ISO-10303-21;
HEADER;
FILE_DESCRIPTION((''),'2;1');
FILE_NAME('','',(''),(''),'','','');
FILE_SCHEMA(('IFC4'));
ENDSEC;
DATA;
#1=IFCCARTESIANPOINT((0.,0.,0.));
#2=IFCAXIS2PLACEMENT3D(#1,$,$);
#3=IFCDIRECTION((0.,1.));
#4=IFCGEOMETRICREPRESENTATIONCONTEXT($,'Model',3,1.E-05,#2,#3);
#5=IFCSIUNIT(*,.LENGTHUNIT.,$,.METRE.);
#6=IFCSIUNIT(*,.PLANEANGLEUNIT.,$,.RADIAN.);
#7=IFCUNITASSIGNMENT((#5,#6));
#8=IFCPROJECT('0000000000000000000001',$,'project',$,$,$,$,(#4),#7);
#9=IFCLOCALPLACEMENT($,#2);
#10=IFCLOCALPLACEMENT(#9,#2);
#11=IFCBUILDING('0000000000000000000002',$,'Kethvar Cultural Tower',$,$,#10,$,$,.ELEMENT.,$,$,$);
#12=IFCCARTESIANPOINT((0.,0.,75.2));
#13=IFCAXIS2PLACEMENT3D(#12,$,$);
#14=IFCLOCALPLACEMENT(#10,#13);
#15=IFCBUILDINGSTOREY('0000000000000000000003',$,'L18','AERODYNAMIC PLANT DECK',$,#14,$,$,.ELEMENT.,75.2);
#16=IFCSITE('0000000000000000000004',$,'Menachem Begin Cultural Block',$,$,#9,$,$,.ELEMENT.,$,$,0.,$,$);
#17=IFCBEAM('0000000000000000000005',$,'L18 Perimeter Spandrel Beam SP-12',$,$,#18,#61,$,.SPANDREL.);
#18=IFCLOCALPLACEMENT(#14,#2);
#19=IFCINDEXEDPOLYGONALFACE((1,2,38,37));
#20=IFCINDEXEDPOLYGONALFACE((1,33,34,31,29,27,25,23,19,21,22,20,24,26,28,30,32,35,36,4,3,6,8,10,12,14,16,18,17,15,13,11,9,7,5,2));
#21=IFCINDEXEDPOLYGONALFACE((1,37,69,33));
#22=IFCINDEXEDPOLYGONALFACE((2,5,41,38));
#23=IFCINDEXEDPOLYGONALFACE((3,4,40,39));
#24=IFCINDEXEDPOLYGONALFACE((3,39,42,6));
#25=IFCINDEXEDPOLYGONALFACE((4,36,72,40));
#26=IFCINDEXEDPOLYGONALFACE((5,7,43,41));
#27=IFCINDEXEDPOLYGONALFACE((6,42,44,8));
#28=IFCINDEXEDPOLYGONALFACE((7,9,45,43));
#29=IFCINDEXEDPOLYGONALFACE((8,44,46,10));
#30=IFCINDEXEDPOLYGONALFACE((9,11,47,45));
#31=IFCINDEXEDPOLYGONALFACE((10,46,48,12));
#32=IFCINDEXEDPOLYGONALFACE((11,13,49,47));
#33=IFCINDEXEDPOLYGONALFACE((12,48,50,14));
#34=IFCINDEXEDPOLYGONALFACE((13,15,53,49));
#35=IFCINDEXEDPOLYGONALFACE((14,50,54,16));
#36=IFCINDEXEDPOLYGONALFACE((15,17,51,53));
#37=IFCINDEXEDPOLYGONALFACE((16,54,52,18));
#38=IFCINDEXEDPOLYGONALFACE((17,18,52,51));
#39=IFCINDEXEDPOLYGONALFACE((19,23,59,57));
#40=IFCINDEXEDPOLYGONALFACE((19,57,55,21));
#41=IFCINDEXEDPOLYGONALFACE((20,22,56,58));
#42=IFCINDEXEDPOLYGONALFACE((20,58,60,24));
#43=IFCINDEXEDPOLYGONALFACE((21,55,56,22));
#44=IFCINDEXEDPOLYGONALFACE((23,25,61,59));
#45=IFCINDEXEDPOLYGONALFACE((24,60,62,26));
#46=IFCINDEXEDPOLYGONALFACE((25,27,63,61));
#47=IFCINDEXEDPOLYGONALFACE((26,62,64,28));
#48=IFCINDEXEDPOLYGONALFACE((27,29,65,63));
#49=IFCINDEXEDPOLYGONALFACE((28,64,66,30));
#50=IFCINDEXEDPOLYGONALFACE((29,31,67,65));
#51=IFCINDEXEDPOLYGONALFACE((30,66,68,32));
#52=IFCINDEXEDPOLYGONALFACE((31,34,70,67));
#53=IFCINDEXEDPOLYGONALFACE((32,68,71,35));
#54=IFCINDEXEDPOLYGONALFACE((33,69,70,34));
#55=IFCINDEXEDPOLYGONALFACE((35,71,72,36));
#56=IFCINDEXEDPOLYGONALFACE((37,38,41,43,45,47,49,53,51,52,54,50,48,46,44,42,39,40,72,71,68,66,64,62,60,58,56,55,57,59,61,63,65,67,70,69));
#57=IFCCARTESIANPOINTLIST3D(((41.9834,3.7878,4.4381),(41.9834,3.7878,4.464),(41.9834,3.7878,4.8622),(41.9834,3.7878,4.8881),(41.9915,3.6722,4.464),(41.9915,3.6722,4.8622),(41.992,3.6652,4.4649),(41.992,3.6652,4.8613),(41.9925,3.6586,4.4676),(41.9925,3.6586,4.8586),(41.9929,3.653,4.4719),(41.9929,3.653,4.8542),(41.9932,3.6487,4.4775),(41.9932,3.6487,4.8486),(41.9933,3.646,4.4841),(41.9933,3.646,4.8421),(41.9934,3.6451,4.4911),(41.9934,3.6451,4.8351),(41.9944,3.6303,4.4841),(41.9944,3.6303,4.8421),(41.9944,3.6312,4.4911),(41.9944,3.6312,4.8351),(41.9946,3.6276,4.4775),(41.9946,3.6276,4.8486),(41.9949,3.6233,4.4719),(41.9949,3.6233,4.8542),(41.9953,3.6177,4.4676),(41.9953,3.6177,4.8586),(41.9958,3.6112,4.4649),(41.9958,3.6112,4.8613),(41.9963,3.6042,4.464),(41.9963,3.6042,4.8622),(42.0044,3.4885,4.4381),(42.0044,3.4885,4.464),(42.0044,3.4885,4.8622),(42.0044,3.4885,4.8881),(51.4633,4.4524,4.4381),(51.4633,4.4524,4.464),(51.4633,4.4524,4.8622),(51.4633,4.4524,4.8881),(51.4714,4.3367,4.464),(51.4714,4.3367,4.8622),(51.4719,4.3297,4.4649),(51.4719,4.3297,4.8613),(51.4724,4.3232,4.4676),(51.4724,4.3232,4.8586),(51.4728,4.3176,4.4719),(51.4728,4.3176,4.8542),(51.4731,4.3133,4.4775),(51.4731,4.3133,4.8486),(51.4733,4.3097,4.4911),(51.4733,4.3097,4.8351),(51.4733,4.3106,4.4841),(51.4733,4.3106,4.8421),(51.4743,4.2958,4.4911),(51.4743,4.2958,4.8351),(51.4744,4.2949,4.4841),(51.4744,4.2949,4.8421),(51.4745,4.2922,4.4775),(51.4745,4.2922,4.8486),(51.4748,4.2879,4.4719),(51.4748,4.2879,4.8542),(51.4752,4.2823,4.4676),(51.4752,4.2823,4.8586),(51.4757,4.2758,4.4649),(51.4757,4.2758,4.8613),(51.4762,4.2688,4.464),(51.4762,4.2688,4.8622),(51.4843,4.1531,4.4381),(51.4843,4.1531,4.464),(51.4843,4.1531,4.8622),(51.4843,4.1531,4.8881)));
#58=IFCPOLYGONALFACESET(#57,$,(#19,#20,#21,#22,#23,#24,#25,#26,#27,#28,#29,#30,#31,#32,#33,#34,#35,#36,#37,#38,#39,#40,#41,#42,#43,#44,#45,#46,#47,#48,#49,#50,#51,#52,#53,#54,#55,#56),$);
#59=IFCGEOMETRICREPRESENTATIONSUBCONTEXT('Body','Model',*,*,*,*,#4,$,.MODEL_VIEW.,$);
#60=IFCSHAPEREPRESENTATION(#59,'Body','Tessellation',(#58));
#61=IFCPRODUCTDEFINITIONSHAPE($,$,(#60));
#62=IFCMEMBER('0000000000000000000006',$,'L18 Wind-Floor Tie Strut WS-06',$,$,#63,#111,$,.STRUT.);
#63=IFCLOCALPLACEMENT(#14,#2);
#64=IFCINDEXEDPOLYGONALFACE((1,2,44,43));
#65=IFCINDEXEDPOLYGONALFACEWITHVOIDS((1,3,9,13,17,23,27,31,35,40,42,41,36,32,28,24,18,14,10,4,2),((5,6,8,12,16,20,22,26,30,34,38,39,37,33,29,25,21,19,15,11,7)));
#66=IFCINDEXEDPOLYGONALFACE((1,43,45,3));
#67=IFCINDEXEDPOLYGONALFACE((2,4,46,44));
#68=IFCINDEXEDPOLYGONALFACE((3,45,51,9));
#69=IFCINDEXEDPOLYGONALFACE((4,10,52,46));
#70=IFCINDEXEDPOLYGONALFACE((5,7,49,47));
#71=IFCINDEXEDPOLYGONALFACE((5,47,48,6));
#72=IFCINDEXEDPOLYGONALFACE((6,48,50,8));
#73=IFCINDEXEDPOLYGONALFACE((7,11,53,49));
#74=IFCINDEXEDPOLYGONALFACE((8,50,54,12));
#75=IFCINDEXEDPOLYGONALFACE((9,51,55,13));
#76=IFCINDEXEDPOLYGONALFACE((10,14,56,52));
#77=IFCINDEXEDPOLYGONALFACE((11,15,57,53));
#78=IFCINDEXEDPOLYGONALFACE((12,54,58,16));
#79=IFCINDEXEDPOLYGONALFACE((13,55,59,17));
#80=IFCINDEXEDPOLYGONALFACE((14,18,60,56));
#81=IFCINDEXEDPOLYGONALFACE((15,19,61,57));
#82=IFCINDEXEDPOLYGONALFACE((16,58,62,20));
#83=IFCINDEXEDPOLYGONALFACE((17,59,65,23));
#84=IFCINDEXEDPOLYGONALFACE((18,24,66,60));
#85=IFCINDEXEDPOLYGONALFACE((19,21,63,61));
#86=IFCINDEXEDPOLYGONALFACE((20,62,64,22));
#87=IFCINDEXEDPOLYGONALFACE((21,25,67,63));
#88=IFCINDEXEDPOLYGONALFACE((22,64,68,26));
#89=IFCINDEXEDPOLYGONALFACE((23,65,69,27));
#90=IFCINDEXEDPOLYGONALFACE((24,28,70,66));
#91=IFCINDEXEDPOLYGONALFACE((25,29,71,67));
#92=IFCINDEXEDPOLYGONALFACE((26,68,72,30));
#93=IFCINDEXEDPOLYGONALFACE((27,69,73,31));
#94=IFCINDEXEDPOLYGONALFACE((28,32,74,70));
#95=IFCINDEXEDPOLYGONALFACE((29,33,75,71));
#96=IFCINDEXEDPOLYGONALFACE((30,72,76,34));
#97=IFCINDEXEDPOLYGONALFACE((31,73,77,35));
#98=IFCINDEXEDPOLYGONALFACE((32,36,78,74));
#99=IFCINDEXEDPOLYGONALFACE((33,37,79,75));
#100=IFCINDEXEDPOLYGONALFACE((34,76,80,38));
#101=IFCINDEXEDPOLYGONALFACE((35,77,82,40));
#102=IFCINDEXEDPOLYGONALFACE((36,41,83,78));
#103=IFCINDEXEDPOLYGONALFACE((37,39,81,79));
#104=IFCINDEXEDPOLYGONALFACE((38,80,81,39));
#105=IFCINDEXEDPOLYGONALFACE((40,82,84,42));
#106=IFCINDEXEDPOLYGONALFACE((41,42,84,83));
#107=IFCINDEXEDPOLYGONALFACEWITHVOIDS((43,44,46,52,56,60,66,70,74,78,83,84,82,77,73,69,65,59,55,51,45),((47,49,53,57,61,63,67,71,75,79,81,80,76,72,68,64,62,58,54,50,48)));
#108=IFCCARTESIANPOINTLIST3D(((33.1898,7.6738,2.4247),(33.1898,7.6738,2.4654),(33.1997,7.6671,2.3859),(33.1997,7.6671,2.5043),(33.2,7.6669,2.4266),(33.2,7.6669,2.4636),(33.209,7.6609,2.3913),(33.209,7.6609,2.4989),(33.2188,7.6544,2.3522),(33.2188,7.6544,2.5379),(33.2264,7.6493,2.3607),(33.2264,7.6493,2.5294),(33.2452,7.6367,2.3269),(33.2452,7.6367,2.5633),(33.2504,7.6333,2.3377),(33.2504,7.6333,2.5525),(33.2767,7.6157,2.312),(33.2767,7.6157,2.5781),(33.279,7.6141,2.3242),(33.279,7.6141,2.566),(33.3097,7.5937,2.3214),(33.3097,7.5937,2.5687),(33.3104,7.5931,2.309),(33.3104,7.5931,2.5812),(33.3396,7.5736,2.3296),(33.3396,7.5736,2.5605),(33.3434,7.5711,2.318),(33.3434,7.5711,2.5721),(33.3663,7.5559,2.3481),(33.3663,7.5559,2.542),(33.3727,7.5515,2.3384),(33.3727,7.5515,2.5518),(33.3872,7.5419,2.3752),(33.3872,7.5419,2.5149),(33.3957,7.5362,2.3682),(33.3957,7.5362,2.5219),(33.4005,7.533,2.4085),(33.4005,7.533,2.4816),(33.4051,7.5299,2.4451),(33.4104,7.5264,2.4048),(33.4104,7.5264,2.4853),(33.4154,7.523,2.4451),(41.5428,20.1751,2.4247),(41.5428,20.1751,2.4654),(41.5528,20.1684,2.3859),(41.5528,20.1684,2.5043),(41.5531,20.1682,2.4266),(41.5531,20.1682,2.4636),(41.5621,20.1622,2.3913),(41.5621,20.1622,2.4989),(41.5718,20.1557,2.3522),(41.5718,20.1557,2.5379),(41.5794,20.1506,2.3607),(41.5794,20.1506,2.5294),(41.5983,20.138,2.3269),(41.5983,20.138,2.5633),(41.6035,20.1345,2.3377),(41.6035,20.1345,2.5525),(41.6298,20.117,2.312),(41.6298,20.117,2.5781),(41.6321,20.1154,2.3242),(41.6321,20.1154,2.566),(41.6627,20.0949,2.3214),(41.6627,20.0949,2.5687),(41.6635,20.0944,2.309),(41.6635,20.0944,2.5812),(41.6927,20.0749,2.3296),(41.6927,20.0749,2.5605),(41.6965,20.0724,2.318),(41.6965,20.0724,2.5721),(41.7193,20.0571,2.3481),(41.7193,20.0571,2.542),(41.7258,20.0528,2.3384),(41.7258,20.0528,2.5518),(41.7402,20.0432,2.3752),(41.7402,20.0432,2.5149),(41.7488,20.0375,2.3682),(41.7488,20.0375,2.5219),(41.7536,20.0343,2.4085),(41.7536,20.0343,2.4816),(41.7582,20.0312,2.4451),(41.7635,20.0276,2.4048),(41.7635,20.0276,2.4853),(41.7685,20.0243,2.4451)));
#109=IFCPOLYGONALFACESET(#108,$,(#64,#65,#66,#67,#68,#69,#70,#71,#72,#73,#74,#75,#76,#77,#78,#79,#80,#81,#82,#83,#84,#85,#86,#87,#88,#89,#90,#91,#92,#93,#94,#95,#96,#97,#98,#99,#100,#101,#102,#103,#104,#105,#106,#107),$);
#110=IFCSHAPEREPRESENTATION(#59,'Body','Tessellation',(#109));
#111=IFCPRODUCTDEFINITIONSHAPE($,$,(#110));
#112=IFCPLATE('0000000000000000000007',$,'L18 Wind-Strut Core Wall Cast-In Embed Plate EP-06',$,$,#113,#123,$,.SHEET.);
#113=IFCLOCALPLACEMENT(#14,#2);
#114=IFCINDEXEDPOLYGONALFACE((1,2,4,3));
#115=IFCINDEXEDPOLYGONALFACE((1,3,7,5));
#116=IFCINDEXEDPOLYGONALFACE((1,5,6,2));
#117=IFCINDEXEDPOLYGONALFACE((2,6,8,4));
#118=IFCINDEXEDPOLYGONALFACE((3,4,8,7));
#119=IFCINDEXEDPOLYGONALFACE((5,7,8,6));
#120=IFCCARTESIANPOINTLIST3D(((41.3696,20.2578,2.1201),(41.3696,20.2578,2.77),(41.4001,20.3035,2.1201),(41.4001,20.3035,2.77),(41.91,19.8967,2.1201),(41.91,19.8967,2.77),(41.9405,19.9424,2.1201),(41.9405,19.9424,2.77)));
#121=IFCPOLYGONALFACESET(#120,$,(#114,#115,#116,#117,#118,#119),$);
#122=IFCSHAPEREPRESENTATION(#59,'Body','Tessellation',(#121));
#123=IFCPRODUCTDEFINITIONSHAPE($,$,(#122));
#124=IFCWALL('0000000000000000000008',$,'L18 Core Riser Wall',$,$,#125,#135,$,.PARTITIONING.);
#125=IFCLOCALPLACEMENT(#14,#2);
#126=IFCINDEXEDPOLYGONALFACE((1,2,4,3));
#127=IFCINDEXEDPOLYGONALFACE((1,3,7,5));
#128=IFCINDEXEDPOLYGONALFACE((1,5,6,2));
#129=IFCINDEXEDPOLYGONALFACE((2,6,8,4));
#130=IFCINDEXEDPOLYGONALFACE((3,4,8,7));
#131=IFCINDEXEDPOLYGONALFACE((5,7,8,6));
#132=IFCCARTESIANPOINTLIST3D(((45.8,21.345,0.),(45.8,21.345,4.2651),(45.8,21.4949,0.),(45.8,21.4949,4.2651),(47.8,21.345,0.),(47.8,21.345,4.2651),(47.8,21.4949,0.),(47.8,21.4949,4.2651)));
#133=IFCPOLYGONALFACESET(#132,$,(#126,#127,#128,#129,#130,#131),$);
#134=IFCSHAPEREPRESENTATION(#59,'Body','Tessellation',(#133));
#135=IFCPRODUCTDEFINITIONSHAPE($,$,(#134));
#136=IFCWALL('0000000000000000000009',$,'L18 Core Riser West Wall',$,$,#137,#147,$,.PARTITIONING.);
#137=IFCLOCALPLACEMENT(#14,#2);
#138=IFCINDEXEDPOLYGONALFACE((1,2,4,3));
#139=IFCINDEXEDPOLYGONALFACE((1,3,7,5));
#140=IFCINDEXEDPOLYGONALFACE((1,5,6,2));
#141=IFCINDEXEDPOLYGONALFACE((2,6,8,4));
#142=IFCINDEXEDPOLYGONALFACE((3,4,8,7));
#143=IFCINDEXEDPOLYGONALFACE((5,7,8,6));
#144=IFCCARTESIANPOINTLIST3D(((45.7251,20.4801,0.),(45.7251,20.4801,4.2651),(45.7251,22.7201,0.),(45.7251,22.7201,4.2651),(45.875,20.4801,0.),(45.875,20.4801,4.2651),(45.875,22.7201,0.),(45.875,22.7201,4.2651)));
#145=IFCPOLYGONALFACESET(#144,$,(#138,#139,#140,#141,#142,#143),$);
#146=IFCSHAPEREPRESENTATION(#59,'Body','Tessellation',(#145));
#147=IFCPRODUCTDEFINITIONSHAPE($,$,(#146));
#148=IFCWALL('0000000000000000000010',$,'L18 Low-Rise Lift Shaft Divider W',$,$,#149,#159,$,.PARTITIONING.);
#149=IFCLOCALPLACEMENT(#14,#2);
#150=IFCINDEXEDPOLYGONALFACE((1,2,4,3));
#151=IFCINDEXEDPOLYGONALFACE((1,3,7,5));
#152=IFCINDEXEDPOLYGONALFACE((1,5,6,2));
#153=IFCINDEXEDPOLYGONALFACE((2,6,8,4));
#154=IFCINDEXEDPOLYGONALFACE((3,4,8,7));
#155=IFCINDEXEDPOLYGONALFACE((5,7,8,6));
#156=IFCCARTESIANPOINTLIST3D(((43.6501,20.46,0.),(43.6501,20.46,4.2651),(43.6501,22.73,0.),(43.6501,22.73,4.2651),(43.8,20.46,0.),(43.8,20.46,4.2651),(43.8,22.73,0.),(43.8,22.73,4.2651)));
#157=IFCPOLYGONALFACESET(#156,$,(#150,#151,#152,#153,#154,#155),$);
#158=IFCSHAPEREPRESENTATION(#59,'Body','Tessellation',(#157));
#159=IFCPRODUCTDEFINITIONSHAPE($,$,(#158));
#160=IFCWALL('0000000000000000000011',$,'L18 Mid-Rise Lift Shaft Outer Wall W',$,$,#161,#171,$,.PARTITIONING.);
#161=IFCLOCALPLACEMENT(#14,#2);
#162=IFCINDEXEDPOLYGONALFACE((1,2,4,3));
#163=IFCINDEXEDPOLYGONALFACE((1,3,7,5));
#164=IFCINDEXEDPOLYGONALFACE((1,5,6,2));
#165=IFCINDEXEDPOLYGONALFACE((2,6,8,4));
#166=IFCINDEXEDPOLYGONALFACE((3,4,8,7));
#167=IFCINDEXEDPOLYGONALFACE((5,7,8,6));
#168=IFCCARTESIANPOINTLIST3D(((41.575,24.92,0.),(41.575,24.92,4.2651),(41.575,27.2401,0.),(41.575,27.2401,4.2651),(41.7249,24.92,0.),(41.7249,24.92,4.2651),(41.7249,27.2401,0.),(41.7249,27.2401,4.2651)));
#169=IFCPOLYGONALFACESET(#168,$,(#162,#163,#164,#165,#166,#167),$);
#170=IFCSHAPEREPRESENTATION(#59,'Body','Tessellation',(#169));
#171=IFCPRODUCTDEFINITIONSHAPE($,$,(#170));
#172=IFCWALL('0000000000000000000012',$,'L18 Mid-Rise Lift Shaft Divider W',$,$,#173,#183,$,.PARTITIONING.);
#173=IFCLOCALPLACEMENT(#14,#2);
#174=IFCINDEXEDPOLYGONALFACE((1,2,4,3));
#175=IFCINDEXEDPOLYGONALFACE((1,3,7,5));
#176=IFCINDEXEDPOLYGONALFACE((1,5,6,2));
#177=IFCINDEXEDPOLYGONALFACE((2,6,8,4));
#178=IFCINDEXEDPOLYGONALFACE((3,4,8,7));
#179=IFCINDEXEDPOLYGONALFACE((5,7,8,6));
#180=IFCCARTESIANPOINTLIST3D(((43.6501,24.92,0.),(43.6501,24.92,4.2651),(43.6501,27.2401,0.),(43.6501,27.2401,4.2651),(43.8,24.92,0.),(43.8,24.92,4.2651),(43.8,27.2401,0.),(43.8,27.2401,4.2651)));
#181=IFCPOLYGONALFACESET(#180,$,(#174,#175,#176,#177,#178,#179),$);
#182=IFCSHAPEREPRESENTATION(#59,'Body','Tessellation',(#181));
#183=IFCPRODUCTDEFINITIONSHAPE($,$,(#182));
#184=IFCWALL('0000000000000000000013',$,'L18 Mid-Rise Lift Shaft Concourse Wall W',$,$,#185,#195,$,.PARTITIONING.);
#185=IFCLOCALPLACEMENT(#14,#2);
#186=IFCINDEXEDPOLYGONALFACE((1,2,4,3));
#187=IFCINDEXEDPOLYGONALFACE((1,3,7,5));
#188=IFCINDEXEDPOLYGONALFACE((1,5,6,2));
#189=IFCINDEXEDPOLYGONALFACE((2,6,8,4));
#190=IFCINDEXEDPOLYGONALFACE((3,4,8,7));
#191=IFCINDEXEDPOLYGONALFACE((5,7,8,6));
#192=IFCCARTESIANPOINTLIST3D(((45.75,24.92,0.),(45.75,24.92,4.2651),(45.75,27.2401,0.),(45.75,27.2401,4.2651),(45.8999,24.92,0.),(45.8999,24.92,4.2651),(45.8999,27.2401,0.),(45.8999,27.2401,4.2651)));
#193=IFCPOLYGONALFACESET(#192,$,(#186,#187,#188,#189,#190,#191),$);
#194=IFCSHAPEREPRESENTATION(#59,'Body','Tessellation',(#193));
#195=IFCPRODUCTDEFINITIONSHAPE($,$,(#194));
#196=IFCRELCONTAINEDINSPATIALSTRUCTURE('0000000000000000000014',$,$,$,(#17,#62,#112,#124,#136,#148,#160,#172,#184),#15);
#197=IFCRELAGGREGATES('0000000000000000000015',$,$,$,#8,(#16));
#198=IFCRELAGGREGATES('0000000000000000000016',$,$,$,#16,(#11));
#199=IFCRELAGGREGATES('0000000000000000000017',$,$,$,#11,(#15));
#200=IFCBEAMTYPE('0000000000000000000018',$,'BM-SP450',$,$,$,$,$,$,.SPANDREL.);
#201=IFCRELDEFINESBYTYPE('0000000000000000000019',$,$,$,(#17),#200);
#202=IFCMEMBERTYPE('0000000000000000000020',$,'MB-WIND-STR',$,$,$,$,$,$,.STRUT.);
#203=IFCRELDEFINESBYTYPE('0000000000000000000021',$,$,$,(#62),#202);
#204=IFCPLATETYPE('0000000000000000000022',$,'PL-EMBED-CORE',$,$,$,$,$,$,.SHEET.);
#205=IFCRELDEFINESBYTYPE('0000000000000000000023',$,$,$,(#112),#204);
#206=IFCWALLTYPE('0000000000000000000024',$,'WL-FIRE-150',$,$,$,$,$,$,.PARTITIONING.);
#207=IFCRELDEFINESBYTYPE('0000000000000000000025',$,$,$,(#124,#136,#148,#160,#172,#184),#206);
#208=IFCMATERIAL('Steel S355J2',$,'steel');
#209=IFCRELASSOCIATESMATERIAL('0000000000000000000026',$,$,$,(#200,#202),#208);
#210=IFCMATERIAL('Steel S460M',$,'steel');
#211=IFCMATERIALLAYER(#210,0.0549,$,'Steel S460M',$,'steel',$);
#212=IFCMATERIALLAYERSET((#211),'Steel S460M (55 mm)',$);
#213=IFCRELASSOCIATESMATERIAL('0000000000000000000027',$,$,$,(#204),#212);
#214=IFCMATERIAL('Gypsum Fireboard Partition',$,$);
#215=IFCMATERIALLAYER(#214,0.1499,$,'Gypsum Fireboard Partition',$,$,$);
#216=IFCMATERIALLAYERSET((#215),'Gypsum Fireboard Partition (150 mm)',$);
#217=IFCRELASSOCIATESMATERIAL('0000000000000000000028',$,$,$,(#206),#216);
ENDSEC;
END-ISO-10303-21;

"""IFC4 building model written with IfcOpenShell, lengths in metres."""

from ifc_helpers import new_model, si_unit, direction, frame, frame_2d, origin, origin_2d, place, context, subcontext, project, spatial, rectangle, hollow_circle, i_section, extrude, source, transform, mapped, material, layer, layer_set, material_profile, profile_set, type_object, element, save


model = new_model("IFC4")

# Units and contexts
model_context = context("Model", 3, precision=1e-05, world=origin(), true_north=direction((0.0, 1.0)))
body_context = subcontext(model_context, "Body", "Model", "MODEL_VIEW")
ifc_project = project(units=[si_unit("LENGTHUNIT", "METRE"), si_unit("PLANEANGLEUNIT", "RADIAN")], contexts=[model_context])

# Site, building, storey
site_placement = place(None, origin())
site = spatial("IfcSite", under=ifc_project, at=site_placement, Name="Menachem Begin Cultural Block", CompositionType="ELEMENT", RefElevation=0.0)
building_placement = place(site_placement, origin())
building = spatial("IfcBuilding", under=site, at=building_placement, Name="Kethvar Cultural Tower", CompositionType="ELEMENT")
storey_placement = place(building_placement, frame((0.0, 0.0, 75.2)))
storey = spatial("IfcBuildingStorey", under=building, at=storey_placement, Name="L18", Description="AERODYNAMIC PLANT DECK", CompositionType="ELEMENT", Elevation=75.2)

# Shared definitions
ifc_material_1 = material(Name="Steel S460M", Category="steel")

# Beam
ifc_material_2 = material(Name="Steel S355J2", Category="steel")
ifc_material_profile_1 = material_profile(ifc_material_2, i_section(OverallWidth=0.3, OverallDepth=0.45, WebThickness=0.0139, FlangeThickness=0.0259, FilletRadius=0.0271, at=origin_2d()), Name="Steel S355J2 — HEB450")
ifc_profile_set_1 = profile_set([ifc_material_profile_1], Name="Steel S355J2 — HEB450")
beam_type_1 = type_object("IfcBeamType", Name="BM-SP450", PredefinedType="SPANDREL", material=ifc_profile_set_1)
shared_shape_1 = source(origin(), body_context, "Body", "SweptSolid", [
    extrude(i_section(OverallWidth=0.3, OverallDepth=0.45, WebThickness=0.0139, FlangeThickness=0.0259, FilletRadius=0.0271, at=origin_2d()), origin(), (0.0, 0.0, 1.0), 9.5032),
])
beam_1_placement = place(storey_placement, frame((41.9939, 3.6382, 4.6631), z_axis=(0.997552, 0.069929, 0.0), x_axis=(-0.069929, 0.997552, 0.0)))
element("IfcBeam", 1, at=beam_1_placement, inside=storey, type_object=beam_type_1, Name="L18 Perimeter Spandrel Beam SP-12", PredefinedType="SPANDREL", context=body_context, shape_type="MappedRepresentation", body=[
    mapped(shared_shape_1, transform((0.0, 0.0, 0.0), scale=1.0)),
])

# Member
ifc_material_profile_2 = material_profile(ifc_material_2, hollow_circle(Radius=0.1365, WallThickness=0.0125, at=origin_2d()), Name="Steel S355J2 — CHS273x12.5")
ifc_profile_set_2 = profile_set([ifc_material_profile_2], Name="Steel S355J2 — CHS273x12.5")
member_type = type_object("IfcMemberType", Name="MB-WIND-STR", PredefinedType="STRUT", material=ifc_profile_set_2)
shared_shape_2 = source(origin(), body_context, "Body", "SweptSolid", [
    extrude(hollow_circle(Radius=0.1365, WallThickness=0.0125, at=origin_2d()), origin(), (0.0, 0.0, 1.0), 15.0352),
])
member_placement = place(storey_placement, frame((41.655, 20.1001, 2.4451), z_axis=(-0.555569, -0.83147, 0.0), x_axis=(0.83147, -0.555569, 0.0)))
element("IfcMember", 2, at=member_placement, inside=storey, type_object=member_type, Name="L18 Wind-Floor Tie Strut WS-06", PredefinedType="STRUT", context=body_context, shape_type="MappedRepresentation", body=[
    mapped(shared_shape_2, transform((0.0, 0.0, 0.0), scale=1.0)),
])

# Plate
ifc_layer_1 = layer(ifc_material_1, 0.0549, Name="Steel S460M", Category="steel")
ifc_layer_set_1 = layer_set([ifc_layer_1], Name="Steel S460M (55 mm)")
plate_type = type_object("IfcPlateType", Name="PL-EMBED-CORE", PredefinedType="SHEET", material=ifc_layer_set_1)
shared_shape_3 = source(origin(), body_context, "Body", "SweptSolid", [
    extrude(rectangle(XDim=0.0549, YDim=0.6499, at=origin_2d()), origin(), (0.0, 0.0, 1.0), 0.6499),
])
plate_placement = place(storey_placement, frame((41.655, 20.1001, 2.1201), z_axis=(0.0, 0.0, 1.0), x_axis=(-0.55557, -0.83147, 0.0)))
element("IfcPlate", 3, at=plate_placement, inside=storey, type_object=plate_type, Name="L18 Wind-Strut Core Wall Cast-In Embed Plate EP-06", PredefinedType="SHEET", context=body_context, shape_type="MappedRepresentation", body=[
    mapped(shared_shape_3, transform((0.0, 0.0, 0.0), scale=1.0)),
])

# Walls
ifc_material_3 = material(Name="Gypsum Fireboard Partition")
ifc_layer_2 = layer(ifc_material_3, 0.1499, Name="Gypsum Fireboard Partition")
ifc_layer_set_2 = layer_set([ifc_layer_2], Name="Gypsum Fireboard Partition (150 mm)")
wall_type_1 = type_object("IfcWallType", Name="WL-FIRE-150", PredefinedType="PARTITIONING", material=ifc_layer_set_2)
wall_1_placement = place(storey_placement, frame((45.8, 21.4199, 0.0), z_axis=(0.0, 0.0, 1.0), x_axis=(1.0, 0.0, 0.0)))
element("IfcWall", 4, at=wall_1_placement, inside=storey, type_object=wall_type_1, Name="L18 Core Riser Wall", PredefinedType="PARTITIONING", context=body_context, shape_type="SweptSolid", body=[
    extrude(rectangle(XDim=2.0, YDim=0.1499, at=frame_2d((1.0, 0.0))), origin(), (0.0, 0.0, 1.0), 4.2651),
])
wall_2_placement = place(storey_placement, frame((45.8, 20.48, 0.0), z_axis=(0.0, 0.0, 1.0), x_axis=(0.0, 1.0, 0.0)))
element("IfcWall", 5, at=wall_2_placement, inside=storey, type_object=wall_type_1, Name="L18 Core Riser West Wall", PredefinedType="PARTITIONING", context=body_context, shape_type="SweptSolid", body=[
    extrude(rectangle(XDim=2.24, YDim=0.1499, at=frame_2d((1.1201, 0.0))), origin(), (0.0, 0.0, 1.0), 4.2651),
])
wall_3_placement = place(storey_placement, frame((43.7251, 20.46, 0.0), z_axis=(0.0, 0.0, 1.0), x_axis=(0.0, 1.0, 0.0)))
element("IfcWall", 6, at=wall_3_placement, inside=storey, type_object=wall_type_1, Name="L18 Low-Rise Lift Shaft Divider W", PredefinedType="PARTITIONING", context=body_context, shape_type="SweptSolid", body=[
    extrude(rectangle(XDim=2.27, YDim=0.1499, at=frame_2d((1.135, 0.0))), origin(), (0.0, 0.0, 1.0), 4.2651),
])
for number, where, z_axis, x_axis, name in (
    (7, (41.6499, 24.9199, 0.0), (0.0, 0.0, 1.0), (0.0, 1.0, 0.0), "L18 Mid-Rise Lift Shaft Outer Wall W"),
    (8, (43.7251, 24.9199, 0.0), (0.0, 0.0, 1.0), (0.0, 1.0, 0.0), "L18 Mid-Rise Lift Shaft Divider W"),
    (9, (45.825, 24.9199, 0.0), (0.0, 0.0, 1.0), (0.0, 1.0, 0.0), "L18 Mid-Rise Lift Shaft Concourse Wall W"),
):
    element("IfcWall", number, at=place(storey_placement, frame(where, z_axis=z_axis, x_axis=x_axis)), inside=storey, type_object=wall_type_1, Name=name, PredefinedType="PARTITIONING", context=body_context, shape_type="SweptSolid", body=[
        extrude(rectangle(XDim=2.3201, YDim=0.1499, at=frame_2d((1.1602, 0.0))), origin(), (0.0, 0.0, 1.0), 4.2651),
    ])

save(model, "model.ifc")
